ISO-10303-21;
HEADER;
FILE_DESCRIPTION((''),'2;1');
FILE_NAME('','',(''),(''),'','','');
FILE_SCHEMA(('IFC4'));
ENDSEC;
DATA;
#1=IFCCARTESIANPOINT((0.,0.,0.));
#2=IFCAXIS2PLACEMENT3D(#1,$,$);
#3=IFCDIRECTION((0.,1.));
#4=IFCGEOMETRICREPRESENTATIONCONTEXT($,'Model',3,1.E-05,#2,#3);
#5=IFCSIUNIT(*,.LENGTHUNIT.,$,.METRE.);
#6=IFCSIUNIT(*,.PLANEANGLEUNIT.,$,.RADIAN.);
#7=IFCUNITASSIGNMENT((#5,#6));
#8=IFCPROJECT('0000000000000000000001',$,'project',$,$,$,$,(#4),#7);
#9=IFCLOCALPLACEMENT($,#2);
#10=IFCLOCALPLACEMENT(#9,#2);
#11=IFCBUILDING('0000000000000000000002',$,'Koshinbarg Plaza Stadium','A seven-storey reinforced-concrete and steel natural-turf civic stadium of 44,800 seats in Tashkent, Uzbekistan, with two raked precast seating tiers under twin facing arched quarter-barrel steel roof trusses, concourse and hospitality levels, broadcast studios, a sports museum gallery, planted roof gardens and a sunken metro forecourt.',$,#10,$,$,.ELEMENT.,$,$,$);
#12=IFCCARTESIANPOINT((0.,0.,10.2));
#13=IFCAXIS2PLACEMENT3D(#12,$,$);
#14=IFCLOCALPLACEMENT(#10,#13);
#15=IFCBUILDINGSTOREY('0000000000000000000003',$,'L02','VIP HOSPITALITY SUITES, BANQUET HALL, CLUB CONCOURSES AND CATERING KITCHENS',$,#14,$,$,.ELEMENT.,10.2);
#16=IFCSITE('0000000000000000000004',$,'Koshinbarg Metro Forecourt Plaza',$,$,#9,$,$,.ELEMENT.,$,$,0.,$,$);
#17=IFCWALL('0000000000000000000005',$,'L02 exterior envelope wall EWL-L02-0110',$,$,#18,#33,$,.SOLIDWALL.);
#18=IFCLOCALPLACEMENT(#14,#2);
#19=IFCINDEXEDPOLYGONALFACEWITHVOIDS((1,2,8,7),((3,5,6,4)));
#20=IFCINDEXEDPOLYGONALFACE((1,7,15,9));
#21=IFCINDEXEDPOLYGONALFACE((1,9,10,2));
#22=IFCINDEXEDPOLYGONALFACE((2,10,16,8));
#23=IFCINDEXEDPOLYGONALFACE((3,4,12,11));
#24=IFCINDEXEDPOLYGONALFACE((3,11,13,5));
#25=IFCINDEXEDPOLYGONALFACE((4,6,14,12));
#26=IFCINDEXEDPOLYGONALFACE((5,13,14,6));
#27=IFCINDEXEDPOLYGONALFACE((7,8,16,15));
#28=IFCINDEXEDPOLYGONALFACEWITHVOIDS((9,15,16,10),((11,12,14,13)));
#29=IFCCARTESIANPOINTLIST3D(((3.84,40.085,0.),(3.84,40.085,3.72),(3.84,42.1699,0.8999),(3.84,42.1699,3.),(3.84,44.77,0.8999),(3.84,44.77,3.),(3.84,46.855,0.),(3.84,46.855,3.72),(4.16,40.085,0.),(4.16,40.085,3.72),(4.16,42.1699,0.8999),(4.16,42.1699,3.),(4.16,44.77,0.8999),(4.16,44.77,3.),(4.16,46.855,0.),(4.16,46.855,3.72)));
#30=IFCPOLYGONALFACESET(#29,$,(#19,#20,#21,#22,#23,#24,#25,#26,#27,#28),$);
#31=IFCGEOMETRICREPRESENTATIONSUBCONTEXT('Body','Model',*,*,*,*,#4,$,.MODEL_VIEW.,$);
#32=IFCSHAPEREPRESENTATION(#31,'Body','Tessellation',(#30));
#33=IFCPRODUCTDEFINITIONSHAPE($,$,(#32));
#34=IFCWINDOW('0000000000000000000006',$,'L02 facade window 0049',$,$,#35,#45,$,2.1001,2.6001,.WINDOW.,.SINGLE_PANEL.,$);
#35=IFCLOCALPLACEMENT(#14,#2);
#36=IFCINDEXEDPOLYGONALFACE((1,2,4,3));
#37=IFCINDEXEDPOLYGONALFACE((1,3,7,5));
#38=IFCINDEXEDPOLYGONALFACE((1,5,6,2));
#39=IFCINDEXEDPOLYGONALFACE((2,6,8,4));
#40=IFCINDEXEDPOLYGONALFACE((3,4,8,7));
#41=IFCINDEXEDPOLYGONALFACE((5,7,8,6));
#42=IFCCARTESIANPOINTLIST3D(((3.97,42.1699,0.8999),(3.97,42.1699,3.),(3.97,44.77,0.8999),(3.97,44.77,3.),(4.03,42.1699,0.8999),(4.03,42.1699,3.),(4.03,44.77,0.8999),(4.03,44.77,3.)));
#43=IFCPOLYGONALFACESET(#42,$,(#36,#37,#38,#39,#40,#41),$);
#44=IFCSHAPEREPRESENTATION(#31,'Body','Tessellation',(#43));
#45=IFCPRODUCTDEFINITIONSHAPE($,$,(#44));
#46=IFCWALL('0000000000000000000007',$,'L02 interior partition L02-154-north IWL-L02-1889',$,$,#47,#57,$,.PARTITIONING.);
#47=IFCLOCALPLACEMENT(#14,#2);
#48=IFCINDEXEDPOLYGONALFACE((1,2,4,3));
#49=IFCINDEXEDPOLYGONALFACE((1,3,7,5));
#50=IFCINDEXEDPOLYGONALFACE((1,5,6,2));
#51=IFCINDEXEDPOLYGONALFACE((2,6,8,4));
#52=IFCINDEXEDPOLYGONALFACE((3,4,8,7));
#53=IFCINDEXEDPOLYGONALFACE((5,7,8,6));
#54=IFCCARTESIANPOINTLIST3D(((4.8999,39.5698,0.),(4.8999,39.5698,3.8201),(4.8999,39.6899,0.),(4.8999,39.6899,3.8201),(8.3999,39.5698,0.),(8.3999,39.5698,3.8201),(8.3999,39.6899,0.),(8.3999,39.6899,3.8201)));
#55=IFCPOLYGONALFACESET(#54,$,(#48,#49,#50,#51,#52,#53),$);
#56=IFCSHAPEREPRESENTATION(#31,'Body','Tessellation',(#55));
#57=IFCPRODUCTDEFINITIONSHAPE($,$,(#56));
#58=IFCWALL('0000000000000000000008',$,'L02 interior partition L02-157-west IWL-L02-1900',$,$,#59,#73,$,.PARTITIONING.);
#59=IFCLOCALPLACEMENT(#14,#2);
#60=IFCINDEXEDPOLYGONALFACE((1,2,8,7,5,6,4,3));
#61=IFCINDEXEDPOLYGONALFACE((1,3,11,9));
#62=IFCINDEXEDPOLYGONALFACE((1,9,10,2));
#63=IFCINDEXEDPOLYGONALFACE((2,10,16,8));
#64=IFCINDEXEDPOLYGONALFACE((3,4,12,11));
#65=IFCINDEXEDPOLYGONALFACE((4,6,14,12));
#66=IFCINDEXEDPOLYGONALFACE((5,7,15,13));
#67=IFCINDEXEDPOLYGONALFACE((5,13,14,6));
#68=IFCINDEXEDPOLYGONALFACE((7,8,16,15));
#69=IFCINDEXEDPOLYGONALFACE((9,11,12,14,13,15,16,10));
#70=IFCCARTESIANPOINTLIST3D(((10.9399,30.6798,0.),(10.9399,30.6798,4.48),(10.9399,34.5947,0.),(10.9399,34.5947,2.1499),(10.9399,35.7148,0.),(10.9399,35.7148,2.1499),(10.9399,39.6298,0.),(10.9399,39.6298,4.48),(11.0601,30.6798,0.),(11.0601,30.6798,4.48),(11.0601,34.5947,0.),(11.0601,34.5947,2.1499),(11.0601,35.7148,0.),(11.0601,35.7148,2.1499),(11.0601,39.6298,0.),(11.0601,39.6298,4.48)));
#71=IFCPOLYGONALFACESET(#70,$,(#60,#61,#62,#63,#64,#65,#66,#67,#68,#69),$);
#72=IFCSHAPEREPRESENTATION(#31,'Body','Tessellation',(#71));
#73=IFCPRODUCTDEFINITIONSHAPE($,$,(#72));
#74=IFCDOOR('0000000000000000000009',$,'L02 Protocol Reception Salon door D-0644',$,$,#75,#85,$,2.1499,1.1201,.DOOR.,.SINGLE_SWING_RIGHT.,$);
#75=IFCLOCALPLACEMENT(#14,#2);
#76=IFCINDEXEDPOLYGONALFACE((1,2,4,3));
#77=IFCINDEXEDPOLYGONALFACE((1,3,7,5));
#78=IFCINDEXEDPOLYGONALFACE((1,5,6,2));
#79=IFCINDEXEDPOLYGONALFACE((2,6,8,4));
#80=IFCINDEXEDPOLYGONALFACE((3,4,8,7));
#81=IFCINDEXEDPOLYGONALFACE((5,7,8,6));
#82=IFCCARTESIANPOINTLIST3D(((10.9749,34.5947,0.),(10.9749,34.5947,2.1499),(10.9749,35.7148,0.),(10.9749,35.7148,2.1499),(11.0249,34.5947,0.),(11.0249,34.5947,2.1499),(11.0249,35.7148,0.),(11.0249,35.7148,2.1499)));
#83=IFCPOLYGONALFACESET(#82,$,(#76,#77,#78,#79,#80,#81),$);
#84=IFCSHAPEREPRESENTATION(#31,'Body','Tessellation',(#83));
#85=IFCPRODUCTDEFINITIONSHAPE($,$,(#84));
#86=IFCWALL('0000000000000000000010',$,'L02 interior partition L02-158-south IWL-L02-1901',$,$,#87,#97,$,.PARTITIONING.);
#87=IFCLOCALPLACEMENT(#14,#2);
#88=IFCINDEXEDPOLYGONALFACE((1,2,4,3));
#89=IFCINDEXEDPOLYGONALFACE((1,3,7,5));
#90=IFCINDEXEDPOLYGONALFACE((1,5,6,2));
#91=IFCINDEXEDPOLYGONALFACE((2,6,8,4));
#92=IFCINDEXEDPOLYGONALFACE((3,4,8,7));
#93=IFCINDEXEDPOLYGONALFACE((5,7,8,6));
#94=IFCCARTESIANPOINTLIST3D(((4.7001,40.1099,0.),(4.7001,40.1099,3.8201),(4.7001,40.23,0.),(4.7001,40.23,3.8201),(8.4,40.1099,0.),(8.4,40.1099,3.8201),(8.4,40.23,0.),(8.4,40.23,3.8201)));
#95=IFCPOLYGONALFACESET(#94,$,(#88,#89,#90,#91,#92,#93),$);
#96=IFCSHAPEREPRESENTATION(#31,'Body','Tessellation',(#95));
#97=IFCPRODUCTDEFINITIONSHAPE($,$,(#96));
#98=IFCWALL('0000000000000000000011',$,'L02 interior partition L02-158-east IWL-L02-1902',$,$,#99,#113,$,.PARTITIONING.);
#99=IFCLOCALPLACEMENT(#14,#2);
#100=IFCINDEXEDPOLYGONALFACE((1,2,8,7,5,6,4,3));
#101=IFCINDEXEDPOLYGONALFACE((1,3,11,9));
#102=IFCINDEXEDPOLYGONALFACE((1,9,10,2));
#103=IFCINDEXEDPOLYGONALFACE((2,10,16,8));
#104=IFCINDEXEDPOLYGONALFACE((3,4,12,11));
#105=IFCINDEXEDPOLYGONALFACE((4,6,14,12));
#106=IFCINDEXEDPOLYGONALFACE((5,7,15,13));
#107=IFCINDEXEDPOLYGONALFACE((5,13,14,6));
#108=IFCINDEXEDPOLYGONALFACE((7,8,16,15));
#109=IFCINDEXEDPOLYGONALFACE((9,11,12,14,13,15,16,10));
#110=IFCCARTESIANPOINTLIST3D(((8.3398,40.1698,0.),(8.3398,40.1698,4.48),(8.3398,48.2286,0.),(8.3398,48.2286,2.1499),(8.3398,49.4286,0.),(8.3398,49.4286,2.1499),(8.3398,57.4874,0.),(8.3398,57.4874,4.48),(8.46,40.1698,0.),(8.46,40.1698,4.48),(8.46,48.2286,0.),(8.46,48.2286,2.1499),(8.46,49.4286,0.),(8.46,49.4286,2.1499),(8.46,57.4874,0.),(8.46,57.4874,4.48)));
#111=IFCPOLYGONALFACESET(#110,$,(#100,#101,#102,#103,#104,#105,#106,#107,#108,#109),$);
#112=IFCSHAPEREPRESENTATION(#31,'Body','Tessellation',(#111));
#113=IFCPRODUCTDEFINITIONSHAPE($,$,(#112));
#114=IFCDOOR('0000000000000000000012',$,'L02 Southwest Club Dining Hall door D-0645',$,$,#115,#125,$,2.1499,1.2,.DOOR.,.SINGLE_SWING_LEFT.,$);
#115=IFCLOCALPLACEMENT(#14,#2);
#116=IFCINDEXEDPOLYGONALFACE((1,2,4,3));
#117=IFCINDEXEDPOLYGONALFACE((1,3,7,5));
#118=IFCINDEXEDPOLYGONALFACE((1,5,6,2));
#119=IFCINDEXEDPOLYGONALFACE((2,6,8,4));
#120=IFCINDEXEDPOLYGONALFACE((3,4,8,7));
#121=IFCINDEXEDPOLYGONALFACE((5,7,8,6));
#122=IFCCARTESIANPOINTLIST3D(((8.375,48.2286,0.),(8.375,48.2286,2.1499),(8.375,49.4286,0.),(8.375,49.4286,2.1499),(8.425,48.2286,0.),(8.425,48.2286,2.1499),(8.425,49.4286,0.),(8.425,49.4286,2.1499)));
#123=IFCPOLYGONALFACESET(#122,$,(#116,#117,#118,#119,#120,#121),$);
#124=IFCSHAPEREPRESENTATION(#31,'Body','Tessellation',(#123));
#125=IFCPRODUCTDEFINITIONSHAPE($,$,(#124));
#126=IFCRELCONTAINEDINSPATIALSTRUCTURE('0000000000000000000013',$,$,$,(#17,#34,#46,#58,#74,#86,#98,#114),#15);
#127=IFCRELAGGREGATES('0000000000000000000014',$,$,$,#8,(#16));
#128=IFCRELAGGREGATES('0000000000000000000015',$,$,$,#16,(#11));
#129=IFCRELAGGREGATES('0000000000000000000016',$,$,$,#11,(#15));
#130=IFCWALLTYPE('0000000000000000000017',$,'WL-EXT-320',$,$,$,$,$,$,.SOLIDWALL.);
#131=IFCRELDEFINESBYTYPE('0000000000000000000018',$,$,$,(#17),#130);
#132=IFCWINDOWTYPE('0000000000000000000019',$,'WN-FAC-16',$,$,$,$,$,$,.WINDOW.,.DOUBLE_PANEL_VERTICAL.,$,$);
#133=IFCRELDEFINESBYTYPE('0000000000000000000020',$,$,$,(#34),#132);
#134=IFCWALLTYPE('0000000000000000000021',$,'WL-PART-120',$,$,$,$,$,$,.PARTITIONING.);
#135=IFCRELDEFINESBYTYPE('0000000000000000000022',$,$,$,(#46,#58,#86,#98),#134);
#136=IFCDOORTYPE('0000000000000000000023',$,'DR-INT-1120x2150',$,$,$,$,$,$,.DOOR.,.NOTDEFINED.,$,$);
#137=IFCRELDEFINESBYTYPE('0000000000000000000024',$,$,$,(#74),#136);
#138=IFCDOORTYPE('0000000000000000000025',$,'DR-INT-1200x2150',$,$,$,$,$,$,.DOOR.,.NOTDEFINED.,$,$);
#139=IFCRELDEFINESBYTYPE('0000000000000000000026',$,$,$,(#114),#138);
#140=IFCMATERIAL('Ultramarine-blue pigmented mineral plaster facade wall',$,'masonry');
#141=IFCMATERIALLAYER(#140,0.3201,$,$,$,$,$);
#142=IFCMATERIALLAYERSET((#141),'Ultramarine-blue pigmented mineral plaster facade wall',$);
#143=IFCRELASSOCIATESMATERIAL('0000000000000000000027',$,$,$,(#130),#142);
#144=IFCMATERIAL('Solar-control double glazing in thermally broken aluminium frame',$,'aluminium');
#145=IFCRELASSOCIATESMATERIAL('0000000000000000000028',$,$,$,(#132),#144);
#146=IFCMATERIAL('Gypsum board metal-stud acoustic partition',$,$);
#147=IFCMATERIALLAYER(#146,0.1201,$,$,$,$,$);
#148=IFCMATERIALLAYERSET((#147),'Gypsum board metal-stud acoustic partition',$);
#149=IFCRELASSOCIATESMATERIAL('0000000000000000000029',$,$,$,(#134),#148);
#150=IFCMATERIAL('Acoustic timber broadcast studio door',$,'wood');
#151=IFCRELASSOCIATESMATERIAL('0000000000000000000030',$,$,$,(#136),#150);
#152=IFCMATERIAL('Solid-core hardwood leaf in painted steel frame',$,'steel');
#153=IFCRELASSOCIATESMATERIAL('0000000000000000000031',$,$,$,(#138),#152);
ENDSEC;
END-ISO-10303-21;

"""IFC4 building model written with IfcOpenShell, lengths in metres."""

from ifc_helpers import new_model, si_unit, direction, frame, frame_2d, origin, place, context, subcontext, project, spatial, rectangle, extrude, material, layer, layer_set, type_object, element, fill, save


model = new_model("IFC4")

# Units and contexts
model_context = context("Model", 3, precision=1e-05, world=origin(), true_north=direction((0.0, 1.0)))
body_context = subcontext(model_context, "Body", "Model", "MODEL_VIEW")
ifc_project = project(units=[si_unit("LENGTHUNIT", "METRE"), si_unit("PLANEANGLEUNIT", "RADIAN")], contexts=[model_context])

# Site, building, storey
site_placement = place(None, origin())
site = spatial("IfcSite", under=ifc_project, at=site_placement, Name="Koshinbarg Metro Forecourt Plaza", CompositionType="ELEMENT", RefElevation=0.0)
building_placement = place(site_placement, origin())
building = spatial("IfcBuilding", under=site, at=building_placement, Name="Koshinbarg Plaza Stadium", Description="A seven-storey reinforced-concrete and steel natural-turf civic stadium of 44,800 seats in Tashkent, Uzbekistan, with two raked precast seating tiers under twin facing arched quarter-barrel steel roof trusses, concourse and hospitality levels, broadcast studios, a sports museum gallery, planted roof gardens and a sunken metro forecourt.", CompositionType="ELEMENT")
storey_placement = place(building_placement, frame((0.0, 0.0, 10.2)))
storey = spatial("IfcBuildingStorey", under=building, at=storey_placement, Name="L02", Description="VIP HOSPITALITY SUITES, BANQUET HALL, CLUB CONCOURSES AND CATERING KITCHENS", CompositionType="ELEMENT", Elevation=10.2)

# Wall, opening, window
ifc_material_1 = material(Name="Ultramarine-blue pigmented mineral plaster facade wall", Category="masonry")
ifc_layer_1 = layer(ifc_material_1, 0.3201)
ifc_layer_set_1 = layer_set([ifc_layer_1], Name="Ultramarine-blue pigmented mineral plaster facade wall")
wall_type_1 = type_object("IfcWallType", Name="WL-EXT-320", PredefinedType="SOLIDWALL", material=ifc_layer_set_1)
wall_1_placement = place(storey_placement, frame((4.0, 40.085, 0.0), z_axis=(0.0, 0.0, 1.0), x_axis=(0.0, 1.0, 0.0)))
wall_1 = element("IfcWall", 1, at=wall_1_placement, inside=storey, type_object=wall_type_1, Name="L02 exterior envelope wall EWL-L02-0110", PredefinedType="SOLIDWALL", context=body_context, shape_type="SweptSolid", body=[
    extrude(rectangle(XDim=6.77, YDim=0.3201, at=frame_2d((3.385, 0.0))), origin(), (0.0, 0.0, 1.0), 3.72),
])
opening_1_placement = place(wall_1_placement, frame((2.085, 0.0, 0.8999)))
opening_1 = element("IfcOpeningElement", 2, at=opening_1_placement, cuts=wall_1, PredefinedType="OPENING", context=body_context, shape_type="SweptSolid", body=[
    extrude(rectangle(XDim=2.6001, YDim=2.1001, at=frame_2d((1.3, 1.05))), frame((0.0, 0.1699, 0.0), z_axis=(0.0, -1.0, 0.0), x_axis=(1.0, 0.0, 0.0)), (0.0, 0.0, 1.0), 0.3401),
])
ifc_material_2 = material(Name="Solar-control double glazing in thermally broken aluminium frame", Category="aluminium")
window_type = type_object("IfcWindowType", Name="WN-FAC-16", PartitioningType="DOUBLE_PANEL_VERTICAL", PredefinedType="WINDOW", material=ifc_material_2)
window_placement = place(opening_1_placement, origin())
window = element("IfcWindow", 3, at=window_placement, inside=storey, type_object=window_type, Name="L02 facade window 0049", OverallHeight=2.1001, OverallWidth=2.6001, PartitioningType="SINGLE_PANEL", PredefinedType="WINDOW", context=body_context, shape_type="SweptSolid", body=[
    extrude(rectangle(XDim=2.6001, YDim=2.1001, at=frame_2d((1.3, 1.05))), frame((0.0, 0.03, 0.0), z_axis=(0.0, -1.0, 0.0), x_axis=(1.0, 0.0, 0.0)), (0.0, 0.0, 1.0), 0.0601),
])
fill(opening_1, window)

# Wall
ifc_material_3 = material(Name="Gypsum board metal-stud acoustic partition")
ifc_layer_2 = layer(ifc_material_3, 0.1201)
ifc_layer_set_2 = layer_set([ifc_layer_2], Name="Gypsum board metal-stud acoustic partition")
wall_type_2 = type_object("IfcWallType", Name="WL-PART-120", PredefinedType="PARTITIONING", material=ifc_layer_set_2)
wall_2_placement = place(storey_placement, frame((8.3999, 39.6299, 0.0), z_axis=(0.0, 0.0, 1.0), x_axis=(-1.0, 0.0, 0.0)))
element("IfcWall", 4, at=wall_2_placement, inside=storey, type_object=wall_type_2, Name="L02 interior partition L02-154-north IWL-L02-1889", PredefinedType="PARTITIONING", context=body_context, shape_type="SweptSolid", body=[
    extrude(rectangle(XDim=3.5, YDim=0.1201, at=frame_2d((1.75, 0.0))), origin(), (0.0, 0.0, 1.0), 3.8201),
])

# Wall, opening, door
wall_3_placement = place(storey_placement, frame((11.0, 39.6299, 0.0), z_axis=(0.0, 0.0, 1.0), x_axis=(0.0, -1.0, 0.0)))
wall_3 = element("IfcWall", 5, at=wall_3_placement, inside=storey, type_object=wall_type_2, Name="L02 interior partition L02-157-west IWL-L02-1900", PredefinedType="PARTITIONING", context=body_context, shape_type="SweptSolid", body=[
    extrude(rectangle(XDim=8.95, YDim=0.1201, at=frame_2d((4.4751, 0.0))), origin(), (0.0, 0.0, 1.0), 4.48),
])
opening_2_placement = place(wall_3_placement, frame((3.915, 0.0, 0.0)))
opening_2 = element("IfcOpeningElement", 6, at=opening_2_placement, cuts=wall_3, PredefinedType="OPENING", context=body_context, shape_type="SweptSolid", body=[
    extrude(rectangle(XDim=1.1201, YDim=2.1499, at=frame_2d((0.5601, 1.075))), frame((0.0, 0.0701, 0.0), z_axis=(0.0, -1.0, 0.0), x_axis=(1.0, 0.0, 0.0)), (0.0, 0.0, 1.0), 0.1401),
])
ifc_material_4 = material(Name="Acoustic timber broadcast studio door", Category="wood")
door_type_1 = type_object("IfcDoorType", Name="DR-INT-1120x2150", OperationType="NOTDEFINED", PredefinedType="DOOR", material=ifc_material_4)
door_1_placement = place(opening_2_placement, origin())
door_1 = element("IfcDoor", 7, at=door_1_placement, inside=storey, type_object=door_type_1, Name="L02 Protocol Reception Salon door D-0644", OperationType="SINGLE_SWING_RIGHT", OverallHeight=2.1499, OverallWidth=1.1201, PredefinedType="DOOR", context=body_context, shape_type="SweptSolid", body=[
    extrude(rectangle(XDim=1.1201, YDim=2.1499, at=frame_2d((0.5601, 1.075))), frame((0.0, 0.0249, 0.0), z_axis=(0.0, -1.0, 0.0), x_axis=(1.0, 0.0, 0.0)), (0.0, 0.0, 1.0), 0.05),
])
fill(opening_2, door_1)

# Wall
wall_4_placement = place(storey_placement, frame((4.7, 40.1699, 0.0), z_axis=(0.0, 0.0, 1.0), x_axis=(1.0, 0.0, 0.0)))
element("IfcWall", 8, at=wall_4_placement, inside=storey, type_object=wall_type_2, Name="L02 interior partition L02-158-south IWL-L02-1901", PredefinedType="PARTITIONING", context=body_context, shape_type="SweptSolid", body=[
    extrude(rectangle(XDim=3.7, YDim=0.1201, at=frame_2d((1.8501, 0.0))), origin(), (0.0, 0.0, 1.0), 3.8201),
])

# Wall, opening, door
wall_5_placement = place(storey_placement, frame((8.3999, 40.1699, 0.0), z_axis=(0.0, 0.0, 1.0), x_axis=(0.0, 1.0, 0.0)))
wall_5 = element("IfcWall", 9, at=wall_5_placement, inside=storey, type_object=wall_type_2, Name="L02 interior partition L02-158-east IWL-L02-1902", PredefinedType="PARTITIONING", context=body_context, shape_type="SweptSolid", body=[
    extrude(rectangle(XDim=17.3176, YDim=0.1201, at=frame_2d((8.6587, 0.0))), origin(), (0.0, 0.0, 1.0), 4.48),
])
opening_3_placement = place(wall_5_placement, frame((8.0586, 0.0, 0.0)))
opening_3 = element("IfcOpeningElement", 10, at=opening_3_placement, cuts=wall_5, PredefinedType="OPENING", context=body_context, shape_type="SweptSolid", body=[
    extrude(rectangle(XDim=1.2, YDim=2.1499, at=frame_2d((0.6001, 1.075))), frame((0.0, 0.0701, 0.0), z_axis=(0.0, -1.0, 0.0), x_axis=(1.0, 0.0, 0.0)), (0.0, 0.0, 1.0), 0.1401),
])
ifc_material_5 = material(Name="Solid-core hardwood leaf in painted steel frame", Category="steel")
door_type_2 = type_object("IfcDoorType", Name="DR-INT-1200x2150", OperationType="NOTDEFINED", PredefinedType="DOOR", material=ifc_material_5)
door_2_placement = place(opening_3_placement, origin())
door_2 = element("IfcDoor", 11, at=door_2_placement, inside=storey, type_object=door_type_2, Name="L02 Southwest Club Dining Hall door D-0645", OperationType="SINGLE_SWING_LEFT", OverallHeight=2.1499, OverallWidth=1.2, PredefinedType="DOOR", context=body_context, shape_type="SweptSolid", body=[
    extrude(rectangle(XDim=1.2, YDim=2.1499, at=frame_2d((0.6001, 1.075))), frame((0.0, 0.0249, 0.0), z_axis=(0.0, -1.0, 0.0), x_axis=(1.0, 0.0, 0.0)), (0.0, 0.0, 1.0), 0.05),
])
fill(opening_3, door_2)

save(model, "model.ifc")
